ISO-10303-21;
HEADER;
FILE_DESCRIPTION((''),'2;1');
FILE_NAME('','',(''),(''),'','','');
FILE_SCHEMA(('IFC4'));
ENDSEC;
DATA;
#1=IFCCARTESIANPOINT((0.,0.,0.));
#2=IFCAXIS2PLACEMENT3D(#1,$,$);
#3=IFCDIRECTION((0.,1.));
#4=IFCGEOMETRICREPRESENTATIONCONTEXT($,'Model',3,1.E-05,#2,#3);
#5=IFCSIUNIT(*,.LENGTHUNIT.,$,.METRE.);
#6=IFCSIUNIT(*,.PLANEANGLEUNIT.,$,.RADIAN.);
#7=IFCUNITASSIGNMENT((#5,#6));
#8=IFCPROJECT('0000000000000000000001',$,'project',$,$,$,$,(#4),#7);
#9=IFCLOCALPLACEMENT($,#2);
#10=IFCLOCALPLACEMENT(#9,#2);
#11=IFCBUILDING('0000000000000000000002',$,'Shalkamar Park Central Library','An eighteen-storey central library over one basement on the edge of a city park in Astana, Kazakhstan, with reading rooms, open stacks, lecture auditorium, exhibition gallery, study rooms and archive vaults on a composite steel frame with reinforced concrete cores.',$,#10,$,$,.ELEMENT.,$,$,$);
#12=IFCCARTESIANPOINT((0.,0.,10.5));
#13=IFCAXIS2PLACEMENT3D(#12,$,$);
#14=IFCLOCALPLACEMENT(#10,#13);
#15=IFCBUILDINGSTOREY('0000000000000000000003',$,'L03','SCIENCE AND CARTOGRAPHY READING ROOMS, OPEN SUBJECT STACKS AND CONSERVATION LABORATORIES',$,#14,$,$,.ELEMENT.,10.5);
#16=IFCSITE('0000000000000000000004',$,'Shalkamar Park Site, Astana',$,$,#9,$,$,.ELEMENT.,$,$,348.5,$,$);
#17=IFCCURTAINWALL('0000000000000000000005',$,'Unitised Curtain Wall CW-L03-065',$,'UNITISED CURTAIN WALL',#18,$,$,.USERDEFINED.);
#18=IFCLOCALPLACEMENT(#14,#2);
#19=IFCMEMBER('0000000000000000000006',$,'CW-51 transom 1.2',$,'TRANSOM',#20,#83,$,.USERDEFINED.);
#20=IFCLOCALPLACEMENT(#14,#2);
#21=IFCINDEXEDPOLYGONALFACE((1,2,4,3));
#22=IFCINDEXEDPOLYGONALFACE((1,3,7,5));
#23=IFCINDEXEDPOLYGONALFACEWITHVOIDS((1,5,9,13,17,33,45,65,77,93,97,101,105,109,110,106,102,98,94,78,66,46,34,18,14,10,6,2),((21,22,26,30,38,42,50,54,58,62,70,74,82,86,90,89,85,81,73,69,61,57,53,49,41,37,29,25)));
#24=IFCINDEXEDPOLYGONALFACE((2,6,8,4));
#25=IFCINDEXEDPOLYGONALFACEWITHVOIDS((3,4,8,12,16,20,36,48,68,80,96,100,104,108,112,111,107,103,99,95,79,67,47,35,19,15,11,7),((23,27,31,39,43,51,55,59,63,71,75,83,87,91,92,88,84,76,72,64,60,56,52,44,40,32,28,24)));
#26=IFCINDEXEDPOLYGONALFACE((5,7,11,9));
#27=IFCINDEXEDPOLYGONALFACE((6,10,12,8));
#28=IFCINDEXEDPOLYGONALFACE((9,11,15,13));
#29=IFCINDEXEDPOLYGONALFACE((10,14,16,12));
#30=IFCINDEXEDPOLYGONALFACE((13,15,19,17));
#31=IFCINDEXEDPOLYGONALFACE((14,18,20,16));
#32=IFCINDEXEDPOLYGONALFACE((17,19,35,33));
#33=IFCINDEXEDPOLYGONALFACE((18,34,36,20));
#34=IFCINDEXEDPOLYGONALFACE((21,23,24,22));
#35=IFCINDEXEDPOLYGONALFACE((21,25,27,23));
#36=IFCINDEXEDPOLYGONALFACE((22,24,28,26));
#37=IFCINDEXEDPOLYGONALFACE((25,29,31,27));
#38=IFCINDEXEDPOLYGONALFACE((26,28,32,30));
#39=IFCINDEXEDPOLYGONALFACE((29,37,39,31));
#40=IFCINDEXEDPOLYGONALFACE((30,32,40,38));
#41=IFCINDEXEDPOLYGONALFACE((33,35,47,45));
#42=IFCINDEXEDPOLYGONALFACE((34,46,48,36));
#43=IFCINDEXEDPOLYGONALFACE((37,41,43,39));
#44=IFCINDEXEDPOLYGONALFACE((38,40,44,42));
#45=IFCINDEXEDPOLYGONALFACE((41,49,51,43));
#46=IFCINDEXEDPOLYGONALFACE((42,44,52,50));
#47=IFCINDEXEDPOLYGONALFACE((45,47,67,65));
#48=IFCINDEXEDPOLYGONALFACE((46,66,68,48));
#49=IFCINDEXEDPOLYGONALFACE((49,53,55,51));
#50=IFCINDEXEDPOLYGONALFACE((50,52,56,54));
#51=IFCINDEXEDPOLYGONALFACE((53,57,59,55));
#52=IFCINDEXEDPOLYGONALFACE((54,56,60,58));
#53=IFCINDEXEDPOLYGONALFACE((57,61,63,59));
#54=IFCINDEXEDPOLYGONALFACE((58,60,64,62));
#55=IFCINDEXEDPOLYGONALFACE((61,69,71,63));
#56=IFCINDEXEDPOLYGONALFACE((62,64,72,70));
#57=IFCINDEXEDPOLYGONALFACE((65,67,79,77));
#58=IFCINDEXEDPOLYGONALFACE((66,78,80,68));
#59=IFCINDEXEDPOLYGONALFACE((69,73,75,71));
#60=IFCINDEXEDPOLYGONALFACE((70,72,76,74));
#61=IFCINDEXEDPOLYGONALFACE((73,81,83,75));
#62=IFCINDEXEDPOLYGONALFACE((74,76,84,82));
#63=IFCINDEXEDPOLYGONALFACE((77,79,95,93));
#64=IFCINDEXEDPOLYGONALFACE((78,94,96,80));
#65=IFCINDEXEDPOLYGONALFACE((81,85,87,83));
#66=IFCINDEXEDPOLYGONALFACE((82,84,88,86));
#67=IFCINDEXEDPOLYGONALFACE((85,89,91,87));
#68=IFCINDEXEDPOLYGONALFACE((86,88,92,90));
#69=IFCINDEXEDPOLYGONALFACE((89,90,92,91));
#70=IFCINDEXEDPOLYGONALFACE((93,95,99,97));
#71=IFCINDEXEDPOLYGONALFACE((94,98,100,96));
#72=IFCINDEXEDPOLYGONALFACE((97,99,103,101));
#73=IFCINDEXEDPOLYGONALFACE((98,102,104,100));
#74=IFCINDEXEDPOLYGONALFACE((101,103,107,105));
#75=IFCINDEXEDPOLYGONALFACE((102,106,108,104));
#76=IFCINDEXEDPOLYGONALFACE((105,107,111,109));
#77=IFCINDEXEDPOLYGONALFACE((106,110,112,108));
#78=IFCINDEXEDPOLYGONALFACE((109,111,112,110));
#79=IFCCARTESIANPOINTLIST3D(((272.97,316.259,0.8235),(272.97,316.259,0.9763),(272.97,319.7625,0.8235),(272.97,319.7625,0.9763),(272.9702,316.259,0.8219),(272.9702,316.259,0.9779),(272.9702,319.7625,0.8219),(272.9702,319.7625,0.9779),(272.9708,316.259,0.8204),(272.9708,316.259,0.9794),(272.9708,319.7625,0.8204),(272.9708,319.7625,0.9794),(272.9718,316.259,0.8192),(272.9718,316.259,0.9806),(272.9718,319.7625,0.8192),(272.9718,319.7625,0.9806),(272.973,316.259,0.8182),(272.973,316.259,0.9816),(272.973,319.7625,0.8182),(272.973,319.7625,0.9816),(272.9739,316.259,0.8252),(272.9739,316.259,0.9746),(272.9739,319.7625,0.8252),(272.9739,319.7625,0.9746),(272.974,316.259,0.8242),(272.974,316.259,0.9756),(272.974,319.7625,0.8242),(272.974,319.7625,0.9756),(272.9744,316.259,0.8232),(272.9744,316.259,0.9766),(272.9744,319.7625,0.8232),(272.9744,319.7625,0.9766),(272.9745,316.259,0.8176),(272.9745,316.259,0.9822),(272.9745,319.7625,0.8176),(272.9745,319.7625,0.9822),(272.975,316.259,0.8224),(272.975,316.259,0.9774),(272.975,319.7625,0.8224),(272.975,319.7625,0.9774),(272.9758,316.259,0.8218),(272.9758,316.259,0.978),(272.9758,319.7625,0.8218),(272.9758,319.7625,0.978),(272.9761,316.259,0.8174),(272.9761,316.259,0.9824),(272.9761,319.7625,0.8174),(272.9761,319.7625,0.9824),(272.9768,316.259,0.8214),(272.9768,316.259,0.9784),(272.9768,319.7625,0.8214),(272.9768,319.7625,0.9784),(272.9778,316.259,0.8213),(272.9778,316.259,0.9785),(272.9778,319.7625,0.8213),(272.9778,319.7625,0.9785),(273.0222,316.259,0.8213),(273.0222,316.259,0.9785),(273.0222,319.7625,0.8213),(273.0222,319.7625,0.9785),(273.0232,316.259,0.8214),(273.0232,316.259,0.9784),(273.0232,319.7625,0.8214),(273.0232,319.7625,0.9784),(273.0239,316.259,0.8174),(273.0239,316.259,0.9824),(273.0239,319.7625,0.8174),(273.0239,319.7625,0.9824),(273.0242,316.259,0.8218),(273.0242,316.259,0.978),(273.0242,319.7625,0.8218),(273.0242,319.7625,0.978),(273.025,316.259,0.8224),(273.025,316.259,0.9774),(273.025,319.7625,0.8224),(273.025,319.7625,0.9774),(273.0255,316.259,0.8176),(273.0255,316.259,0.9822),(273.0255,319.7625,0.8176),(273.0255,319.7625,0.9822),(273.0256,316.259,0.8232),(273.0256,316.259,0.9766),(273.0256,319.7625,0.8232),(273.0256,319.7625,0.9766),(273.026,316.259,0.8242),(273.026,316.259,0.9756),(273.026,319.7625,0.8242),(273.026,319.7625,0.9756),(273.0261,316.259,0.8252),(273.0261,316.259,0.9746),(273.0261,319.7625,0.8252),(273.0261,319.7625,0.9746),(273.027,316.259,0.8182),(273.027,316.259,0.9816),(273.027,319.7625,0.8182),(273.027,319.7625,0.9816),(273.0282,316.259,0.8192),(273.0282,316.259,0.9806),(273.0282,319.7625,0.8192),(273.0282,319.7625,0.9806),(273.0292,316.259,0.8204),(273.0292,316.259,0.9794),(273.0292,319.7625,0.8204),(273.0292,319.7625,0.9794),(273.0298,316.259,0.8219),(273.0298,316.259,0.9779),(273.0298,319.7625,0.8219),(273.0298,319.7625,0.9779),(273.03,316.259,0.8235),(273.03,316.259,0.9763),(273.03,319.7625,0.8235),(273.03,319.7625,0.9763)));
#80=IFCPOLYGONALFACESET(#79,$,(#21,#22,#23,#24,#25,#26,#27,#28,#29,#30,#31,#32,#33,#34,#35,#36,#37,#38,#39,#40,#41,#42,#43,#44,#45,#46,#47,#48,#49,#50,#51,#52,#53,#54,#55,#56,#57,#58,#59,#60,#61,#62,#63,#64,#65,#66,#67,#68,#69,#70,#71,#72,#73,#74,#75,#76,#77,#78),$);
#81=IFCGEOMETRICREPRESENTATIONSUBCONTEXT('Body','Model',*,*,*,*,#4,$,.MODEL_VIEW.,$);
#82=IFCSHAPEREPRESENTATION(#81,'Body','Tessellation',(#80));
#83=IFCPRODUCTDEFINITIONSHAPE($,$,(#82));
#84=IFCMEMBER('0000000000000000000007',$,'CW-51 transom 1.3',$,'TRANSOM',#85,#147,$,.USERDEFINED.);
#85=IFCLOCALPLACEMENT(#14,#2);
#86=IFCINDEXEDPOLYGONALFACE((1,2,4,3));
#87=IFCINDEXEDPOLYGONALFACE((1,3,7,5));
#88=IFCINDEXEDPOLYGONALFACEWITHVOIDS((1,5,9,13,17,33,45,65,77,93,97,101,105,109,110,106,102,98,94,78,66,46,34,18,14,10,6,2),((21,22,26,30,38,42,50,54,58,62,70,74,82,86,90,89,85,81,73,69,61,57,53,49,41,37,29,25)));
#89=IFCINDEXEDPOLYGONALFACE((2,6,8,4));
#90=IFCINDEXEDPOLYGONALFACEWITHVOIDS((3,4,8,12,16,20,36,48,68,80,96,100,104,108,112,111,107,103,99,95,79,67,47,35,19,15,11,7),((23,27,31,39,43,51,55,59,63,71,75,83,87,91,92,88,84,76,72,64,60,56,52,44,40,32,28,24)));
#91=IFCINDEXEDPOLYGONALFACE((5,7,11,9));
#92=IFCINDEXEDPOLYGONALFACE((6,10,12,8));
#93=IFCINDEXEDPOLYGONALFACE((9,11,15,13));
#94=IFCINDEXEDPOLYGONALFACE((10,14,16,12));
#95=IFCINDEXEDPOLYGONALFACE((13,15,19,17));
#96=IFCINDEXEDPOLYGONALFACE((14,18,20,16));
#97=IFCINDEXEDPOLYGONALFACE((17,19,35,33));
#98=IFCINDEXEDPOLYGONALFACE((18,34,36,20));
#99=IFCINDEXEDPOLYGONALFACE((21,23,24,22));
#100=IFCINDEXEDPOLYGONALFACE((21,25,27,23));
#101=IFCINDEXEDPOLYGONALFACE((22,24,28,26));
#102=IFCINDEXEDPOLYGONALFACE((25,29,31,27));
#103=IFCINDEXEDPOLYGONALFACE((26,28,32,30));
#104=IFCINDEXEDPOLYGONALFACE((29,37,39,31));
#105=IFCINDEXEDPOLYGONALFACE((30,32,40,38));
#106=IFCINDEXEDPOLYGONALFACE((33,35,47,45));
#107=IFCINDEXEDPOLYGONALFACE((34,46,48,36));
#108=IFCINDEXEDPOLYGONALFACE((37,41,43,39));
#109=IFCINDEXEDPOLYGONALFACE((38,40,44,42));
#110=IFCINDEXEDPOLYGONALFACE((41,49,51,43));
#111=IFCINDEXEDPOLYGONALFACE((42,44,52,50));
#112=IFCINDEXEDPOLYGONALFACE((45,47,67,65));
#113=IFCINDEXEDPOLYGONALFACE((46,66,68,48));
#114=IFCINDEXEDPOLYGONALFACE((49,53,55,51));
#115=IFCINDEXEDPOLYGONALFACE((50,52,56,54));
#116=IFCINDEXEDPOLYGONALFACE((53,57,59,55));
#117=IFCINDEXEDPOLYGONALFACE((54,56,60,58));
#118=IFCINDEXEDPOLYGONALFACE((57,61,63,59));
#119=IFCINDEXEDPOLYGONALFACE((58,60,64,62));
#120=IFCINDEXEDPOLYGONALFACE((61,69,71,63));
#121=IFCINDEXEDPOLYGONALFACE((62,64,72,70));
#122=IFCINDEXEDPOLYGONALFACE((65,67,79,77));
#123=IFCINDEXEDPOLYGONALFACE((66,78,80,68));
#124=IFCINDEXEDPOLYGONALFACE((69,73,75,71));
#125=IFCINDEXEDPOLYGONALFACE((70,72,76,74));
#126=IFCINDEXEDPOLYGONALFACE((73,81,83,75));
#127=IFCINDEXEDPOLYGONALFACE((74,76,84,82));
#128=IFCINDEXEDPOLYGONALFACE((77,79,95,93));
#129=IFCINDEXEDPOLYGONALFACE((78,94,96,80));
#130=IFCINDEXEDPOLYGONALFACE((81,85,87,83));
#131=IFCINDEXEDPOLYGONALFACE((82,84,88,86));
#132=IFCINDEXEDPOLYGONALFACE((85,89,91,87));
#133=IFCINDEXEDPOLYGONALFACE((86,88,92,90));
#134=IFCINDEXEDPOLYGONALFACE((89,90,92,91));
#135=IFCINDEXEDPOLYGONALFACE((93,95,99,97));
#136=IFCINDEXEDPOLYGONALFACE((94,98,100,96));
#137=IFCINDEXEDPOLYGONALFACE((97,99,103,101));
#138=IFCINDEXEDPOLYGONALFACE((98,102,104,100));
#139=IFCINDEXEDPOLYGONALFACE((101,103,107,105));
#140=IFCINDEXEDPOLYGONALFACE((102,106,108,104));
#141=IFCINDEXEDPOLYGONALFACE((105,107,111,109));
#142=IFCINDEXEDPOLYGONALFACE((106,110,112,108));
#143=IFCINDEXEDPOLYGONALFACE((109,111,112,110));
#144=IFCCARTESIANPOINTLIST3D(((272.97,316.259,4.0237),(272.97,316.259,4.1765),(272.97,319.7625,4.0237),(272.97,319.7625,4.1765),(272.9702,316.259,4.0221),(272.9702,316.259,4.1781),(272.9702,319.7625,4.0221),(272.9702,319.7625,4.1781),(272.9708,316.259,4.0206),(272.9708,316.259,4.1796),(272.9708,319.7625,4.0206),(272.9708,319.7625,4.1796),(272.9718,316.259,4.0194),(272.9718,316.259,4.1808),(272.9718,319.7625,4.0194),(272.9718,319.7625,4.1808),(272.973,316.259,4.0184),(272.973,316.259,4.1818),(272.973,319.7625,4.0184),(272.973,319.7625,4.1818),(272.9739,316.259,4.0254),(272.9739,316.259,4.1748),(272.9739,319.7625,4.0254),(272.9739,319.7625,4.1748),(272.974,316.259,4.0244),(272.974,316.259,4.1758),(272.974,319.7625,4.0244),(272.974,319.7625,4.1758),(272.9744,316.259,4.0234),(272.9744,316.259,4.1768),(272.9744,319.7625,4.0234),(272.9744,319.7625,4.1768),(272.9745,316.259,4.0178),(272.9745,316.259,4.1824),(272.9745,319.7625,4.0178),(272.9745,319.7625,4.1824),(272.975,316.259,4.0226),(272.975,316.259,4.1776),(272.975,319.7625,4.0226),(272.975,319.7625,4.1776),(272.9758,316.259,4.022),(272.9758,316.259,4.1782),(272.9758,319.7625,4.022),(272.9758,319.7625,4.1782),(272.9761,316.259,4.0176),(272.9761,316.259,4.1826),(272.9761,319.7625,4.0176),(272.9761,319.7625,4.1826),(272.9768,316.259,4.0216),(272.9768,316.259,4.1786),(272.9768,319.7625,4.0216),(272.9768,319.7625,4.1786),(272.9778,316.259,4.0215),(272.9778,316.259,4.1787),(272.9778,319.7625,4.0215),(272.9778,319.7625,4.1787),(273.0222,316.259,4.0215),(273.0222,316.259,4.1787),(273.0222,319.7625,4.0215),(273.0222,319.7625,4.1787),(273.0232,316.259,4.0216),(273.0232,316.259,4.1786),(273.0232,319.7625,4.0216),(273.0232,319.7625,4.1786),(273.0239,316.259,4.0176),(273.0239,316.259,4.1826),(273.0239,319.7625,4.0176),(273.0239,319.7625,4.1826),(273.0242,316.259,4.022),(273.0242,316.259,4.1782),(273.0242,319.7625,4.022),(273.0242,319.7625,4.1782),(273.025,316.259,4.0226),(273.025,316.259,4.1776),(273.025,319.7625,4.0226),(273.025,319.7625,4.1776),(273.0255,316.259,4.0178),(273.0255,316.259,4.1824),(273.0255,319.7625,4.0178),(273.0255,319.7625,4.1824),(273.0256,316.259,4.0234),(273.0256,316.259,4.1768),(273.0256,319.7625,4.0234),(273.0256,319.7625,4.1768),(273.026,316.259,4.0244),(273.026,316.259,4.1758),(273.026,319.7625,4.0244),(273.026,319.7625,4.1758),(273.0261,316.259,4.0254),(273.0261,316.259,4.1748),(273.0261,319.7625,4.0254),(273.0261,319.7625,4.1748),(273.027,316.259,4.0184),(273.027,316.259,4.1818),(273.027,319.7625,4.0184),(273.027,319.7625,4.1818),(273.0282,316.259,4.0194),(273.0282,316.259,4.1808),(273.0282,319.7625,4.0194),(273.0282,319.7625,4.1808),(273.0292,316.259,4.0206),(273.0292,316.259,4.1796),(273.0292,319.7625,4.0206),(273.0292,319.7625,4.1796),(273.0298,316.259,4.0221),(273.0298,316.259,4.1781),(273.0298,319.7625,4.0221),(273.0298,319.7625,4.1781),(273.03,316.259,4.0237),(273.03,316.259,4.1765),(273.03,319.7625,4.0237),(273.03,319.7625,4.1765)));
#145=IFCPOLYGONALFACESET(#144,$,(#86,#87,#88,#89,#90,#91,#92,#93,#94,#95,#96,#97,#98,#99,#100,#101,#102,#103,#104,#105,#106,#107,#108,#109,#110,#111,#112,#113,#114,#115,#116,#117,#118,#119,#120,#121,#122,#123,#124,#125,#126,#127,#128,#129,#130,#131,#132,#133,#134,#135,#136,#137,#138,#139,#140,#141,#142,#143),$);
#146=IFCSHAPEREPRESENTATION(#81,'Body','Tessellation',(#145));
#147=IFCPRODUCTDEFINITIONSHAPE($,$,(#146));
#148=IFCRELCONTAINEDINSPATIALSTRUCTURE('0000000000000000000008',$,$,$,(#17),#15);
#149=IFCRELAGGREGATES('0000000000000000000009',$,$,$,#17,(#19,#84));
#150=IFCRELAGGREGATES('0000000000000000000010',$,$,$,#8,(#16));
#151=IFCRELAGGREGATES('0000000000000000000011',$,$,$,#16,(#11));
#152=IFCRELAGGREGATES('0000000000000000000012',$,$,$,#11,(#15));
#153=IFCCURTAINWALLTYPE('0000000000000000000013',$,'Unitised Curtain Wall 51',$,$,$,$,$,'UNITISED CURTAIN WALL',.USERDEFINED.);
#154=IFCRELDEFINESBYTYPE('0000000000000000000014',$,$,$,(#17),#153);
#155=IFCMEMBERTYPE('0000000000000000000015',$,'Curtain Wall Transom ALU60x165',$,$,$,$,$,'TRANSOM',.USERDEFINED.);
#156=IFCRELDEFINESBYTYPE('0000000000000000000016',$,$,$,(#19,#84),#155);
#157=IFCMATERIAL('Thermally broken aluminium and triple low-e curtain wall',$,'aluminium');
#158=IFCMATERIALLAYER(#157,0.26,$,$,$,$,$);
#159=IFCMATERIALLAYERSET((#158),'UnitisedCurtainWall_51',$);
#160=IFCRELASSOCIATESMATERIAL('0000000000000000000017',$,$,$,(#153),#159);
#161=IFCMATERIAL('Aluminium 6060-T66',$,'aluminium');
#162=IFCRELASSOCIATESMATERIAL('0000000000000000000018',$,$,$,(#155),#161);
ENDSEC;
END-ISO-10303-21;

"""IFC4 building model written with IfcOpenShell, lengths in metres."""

from ifc_helpers import new_model, si_unit, direction, frame, origin, origin_2d, place, context, subcontext, project, spatial, hollow_rectangle, extrude, material, layer, layer_set, material_profile, profile_set, type_object, element, aggregate, save


model = new_model("IFC4")

# Units and contexts
model_context = context("Model", 3, precision=1e-05, world=origin(), true_north=direction((0.0, 1.0)))
body_context = subcontext(model_context, "Body", "Model", "MODEL_VIEW")
ifc_project = project(units=[si_unit("LENGTHUNIT", "METRE"), si_unit("PLANEANGLEUNIT", "RADIAN")], contexts=[model_context])

# Site, building, storey
site_placement = place(None, origin())
site = spatial("IfcSite", under=ifc_project, at=site_placement, Name="Shalkamar Park Site, Astana", CompositionType="ELEMENT", RefElevation=348.5)
building_placement = place(site_placement, origin())
building = spatial("IfcBuilding", under=site, at=building_placement, Name="Shalkamar Park Central Library", Description="An eighteen-storey central library over one basement on the edge of a city park in Astana, Kazakhstan, with reading rooms, open stacks, lecture auditorium, exhibition gallery, study rooms and archive vaults on a composite steel frame with reinforced concrete cores.", CompositionType="ELEMENT")
storey_placement = place(building_placement, frame((0.0, 0.0, 10.5)))
storey = spatial("IfcBuildingStorey", under=building, at=storey_placement, Name="L03", Description="SCIENCE AND CARTOGRAPHY READING ROOMS, OPEN SUBJECT STACKS AND CONSERVATION LABORATORIES", CompositionType="ELEMENT", Elevation=10.5)

# Curtain wall
ifc_material_1 = material(Name="Thermally broken aluminium and triple low-e curtain wall", Category="aluminium")
ifc_layer_1 = layer(ifc_material_1, 0.26)
ifc_layer_set_1 = layer_set([ifc_layer_1], Name="UnitisedCurtainWall_51")
curtain_wall_type_1 = type_object("IfcCurtainWallType", Name="Unitised Curtain Wall 51", ElementType="UNITISED CURTAIN WALL", PredefinedType="USERDEFINED", material=ifc_layer_set_1)
curtain_wall_1_placement = place(storey_placement, origin())
curtain_wall_1 = element("IfcCurtainWall", 1, at=curtain_wall_1_placement, inside=storey, type_object=curtain_wall_type_1, Name="Unitised Curtain Wall CW-L03-065", ObjectType="UNITISED CURTAIN WALL", PredefinedType="USERDEFINED")
ifc_material_2 = material(Name="Aluminium 6060-T66", Category="aluminium")

# Members
ifc_material_profile_1 = material_profile(ifc_material_2, hollow_rectangle(XDim=0.0601, YDim=0.165, WallThickness=0.0039, InnerFilletRadius=0.0039, OuterFilletRadius=0.0061, at=origin_2d()), Name="ALU 60x165x4")
ifc_profile_set_1 = profile_set([ifc_material_profile_1], Name="Aluminium 6060-T66")
member_type_1 = type_object("IfcMemberType", Name="Curtain Wall Transom ALU60x165", ElementType="TRANSOM", PredefinedType="USERDEFINED", material=ifc_profile_set_1)
member_1_placement = place(storey_placement, frame((273.0, 316.259, 0.8999), z_axis=(0.0, 1.0, 0.0), x_axis=(-1.0, 0.0, 0.0)))
member_1 = element("IfcMember", 2, at=member_1_placement, type_object=member_type_1, Name="CW-51 transom 1.2", ObjectType="TRANSOM", PredefinedType="USERDEFINED", context=body_context, shape_type="SweptSolid", body=[
    extrude(hollow_rectangle(XDim=0.0601, YDim=0.165, WallThickness=0.0039, InnerFilletRadius=0.0039, OuterFilletRadius=0.0061, at=origin_2d()), origin(), (0.0, 0.0, 1.0), 3.5034),
])
member_2_placement = place(storey_placement, frame((273.0, 316.259, 4.1001), z_axis=(0.0, 1.0, 0.0), x_axis=(-1.0, 0.0, 0.0)))
member_2 = element("IfcMember", 3, at=member_2_placement, type_object=member_type_1, Name="CW-51 transom 1.3", ObjectType="TRANSOM", PredefinedType="USERDEFINED", context=body_context, shape_type="SweptSolid", body=[
    extrude(hollow_rectangle(XDim=0.0601, YDim=0.165, WallThickness=0.0039, InnerFilletRadius=0.0039, OuterFilletRadius=0.0061, at=origin_2d()), origin(), (0.0, 0.0, 1.0), 3.5034),
])

aggregate(curtain_wall_1, [member_1, member_2])

save(model, "model.ifc")
